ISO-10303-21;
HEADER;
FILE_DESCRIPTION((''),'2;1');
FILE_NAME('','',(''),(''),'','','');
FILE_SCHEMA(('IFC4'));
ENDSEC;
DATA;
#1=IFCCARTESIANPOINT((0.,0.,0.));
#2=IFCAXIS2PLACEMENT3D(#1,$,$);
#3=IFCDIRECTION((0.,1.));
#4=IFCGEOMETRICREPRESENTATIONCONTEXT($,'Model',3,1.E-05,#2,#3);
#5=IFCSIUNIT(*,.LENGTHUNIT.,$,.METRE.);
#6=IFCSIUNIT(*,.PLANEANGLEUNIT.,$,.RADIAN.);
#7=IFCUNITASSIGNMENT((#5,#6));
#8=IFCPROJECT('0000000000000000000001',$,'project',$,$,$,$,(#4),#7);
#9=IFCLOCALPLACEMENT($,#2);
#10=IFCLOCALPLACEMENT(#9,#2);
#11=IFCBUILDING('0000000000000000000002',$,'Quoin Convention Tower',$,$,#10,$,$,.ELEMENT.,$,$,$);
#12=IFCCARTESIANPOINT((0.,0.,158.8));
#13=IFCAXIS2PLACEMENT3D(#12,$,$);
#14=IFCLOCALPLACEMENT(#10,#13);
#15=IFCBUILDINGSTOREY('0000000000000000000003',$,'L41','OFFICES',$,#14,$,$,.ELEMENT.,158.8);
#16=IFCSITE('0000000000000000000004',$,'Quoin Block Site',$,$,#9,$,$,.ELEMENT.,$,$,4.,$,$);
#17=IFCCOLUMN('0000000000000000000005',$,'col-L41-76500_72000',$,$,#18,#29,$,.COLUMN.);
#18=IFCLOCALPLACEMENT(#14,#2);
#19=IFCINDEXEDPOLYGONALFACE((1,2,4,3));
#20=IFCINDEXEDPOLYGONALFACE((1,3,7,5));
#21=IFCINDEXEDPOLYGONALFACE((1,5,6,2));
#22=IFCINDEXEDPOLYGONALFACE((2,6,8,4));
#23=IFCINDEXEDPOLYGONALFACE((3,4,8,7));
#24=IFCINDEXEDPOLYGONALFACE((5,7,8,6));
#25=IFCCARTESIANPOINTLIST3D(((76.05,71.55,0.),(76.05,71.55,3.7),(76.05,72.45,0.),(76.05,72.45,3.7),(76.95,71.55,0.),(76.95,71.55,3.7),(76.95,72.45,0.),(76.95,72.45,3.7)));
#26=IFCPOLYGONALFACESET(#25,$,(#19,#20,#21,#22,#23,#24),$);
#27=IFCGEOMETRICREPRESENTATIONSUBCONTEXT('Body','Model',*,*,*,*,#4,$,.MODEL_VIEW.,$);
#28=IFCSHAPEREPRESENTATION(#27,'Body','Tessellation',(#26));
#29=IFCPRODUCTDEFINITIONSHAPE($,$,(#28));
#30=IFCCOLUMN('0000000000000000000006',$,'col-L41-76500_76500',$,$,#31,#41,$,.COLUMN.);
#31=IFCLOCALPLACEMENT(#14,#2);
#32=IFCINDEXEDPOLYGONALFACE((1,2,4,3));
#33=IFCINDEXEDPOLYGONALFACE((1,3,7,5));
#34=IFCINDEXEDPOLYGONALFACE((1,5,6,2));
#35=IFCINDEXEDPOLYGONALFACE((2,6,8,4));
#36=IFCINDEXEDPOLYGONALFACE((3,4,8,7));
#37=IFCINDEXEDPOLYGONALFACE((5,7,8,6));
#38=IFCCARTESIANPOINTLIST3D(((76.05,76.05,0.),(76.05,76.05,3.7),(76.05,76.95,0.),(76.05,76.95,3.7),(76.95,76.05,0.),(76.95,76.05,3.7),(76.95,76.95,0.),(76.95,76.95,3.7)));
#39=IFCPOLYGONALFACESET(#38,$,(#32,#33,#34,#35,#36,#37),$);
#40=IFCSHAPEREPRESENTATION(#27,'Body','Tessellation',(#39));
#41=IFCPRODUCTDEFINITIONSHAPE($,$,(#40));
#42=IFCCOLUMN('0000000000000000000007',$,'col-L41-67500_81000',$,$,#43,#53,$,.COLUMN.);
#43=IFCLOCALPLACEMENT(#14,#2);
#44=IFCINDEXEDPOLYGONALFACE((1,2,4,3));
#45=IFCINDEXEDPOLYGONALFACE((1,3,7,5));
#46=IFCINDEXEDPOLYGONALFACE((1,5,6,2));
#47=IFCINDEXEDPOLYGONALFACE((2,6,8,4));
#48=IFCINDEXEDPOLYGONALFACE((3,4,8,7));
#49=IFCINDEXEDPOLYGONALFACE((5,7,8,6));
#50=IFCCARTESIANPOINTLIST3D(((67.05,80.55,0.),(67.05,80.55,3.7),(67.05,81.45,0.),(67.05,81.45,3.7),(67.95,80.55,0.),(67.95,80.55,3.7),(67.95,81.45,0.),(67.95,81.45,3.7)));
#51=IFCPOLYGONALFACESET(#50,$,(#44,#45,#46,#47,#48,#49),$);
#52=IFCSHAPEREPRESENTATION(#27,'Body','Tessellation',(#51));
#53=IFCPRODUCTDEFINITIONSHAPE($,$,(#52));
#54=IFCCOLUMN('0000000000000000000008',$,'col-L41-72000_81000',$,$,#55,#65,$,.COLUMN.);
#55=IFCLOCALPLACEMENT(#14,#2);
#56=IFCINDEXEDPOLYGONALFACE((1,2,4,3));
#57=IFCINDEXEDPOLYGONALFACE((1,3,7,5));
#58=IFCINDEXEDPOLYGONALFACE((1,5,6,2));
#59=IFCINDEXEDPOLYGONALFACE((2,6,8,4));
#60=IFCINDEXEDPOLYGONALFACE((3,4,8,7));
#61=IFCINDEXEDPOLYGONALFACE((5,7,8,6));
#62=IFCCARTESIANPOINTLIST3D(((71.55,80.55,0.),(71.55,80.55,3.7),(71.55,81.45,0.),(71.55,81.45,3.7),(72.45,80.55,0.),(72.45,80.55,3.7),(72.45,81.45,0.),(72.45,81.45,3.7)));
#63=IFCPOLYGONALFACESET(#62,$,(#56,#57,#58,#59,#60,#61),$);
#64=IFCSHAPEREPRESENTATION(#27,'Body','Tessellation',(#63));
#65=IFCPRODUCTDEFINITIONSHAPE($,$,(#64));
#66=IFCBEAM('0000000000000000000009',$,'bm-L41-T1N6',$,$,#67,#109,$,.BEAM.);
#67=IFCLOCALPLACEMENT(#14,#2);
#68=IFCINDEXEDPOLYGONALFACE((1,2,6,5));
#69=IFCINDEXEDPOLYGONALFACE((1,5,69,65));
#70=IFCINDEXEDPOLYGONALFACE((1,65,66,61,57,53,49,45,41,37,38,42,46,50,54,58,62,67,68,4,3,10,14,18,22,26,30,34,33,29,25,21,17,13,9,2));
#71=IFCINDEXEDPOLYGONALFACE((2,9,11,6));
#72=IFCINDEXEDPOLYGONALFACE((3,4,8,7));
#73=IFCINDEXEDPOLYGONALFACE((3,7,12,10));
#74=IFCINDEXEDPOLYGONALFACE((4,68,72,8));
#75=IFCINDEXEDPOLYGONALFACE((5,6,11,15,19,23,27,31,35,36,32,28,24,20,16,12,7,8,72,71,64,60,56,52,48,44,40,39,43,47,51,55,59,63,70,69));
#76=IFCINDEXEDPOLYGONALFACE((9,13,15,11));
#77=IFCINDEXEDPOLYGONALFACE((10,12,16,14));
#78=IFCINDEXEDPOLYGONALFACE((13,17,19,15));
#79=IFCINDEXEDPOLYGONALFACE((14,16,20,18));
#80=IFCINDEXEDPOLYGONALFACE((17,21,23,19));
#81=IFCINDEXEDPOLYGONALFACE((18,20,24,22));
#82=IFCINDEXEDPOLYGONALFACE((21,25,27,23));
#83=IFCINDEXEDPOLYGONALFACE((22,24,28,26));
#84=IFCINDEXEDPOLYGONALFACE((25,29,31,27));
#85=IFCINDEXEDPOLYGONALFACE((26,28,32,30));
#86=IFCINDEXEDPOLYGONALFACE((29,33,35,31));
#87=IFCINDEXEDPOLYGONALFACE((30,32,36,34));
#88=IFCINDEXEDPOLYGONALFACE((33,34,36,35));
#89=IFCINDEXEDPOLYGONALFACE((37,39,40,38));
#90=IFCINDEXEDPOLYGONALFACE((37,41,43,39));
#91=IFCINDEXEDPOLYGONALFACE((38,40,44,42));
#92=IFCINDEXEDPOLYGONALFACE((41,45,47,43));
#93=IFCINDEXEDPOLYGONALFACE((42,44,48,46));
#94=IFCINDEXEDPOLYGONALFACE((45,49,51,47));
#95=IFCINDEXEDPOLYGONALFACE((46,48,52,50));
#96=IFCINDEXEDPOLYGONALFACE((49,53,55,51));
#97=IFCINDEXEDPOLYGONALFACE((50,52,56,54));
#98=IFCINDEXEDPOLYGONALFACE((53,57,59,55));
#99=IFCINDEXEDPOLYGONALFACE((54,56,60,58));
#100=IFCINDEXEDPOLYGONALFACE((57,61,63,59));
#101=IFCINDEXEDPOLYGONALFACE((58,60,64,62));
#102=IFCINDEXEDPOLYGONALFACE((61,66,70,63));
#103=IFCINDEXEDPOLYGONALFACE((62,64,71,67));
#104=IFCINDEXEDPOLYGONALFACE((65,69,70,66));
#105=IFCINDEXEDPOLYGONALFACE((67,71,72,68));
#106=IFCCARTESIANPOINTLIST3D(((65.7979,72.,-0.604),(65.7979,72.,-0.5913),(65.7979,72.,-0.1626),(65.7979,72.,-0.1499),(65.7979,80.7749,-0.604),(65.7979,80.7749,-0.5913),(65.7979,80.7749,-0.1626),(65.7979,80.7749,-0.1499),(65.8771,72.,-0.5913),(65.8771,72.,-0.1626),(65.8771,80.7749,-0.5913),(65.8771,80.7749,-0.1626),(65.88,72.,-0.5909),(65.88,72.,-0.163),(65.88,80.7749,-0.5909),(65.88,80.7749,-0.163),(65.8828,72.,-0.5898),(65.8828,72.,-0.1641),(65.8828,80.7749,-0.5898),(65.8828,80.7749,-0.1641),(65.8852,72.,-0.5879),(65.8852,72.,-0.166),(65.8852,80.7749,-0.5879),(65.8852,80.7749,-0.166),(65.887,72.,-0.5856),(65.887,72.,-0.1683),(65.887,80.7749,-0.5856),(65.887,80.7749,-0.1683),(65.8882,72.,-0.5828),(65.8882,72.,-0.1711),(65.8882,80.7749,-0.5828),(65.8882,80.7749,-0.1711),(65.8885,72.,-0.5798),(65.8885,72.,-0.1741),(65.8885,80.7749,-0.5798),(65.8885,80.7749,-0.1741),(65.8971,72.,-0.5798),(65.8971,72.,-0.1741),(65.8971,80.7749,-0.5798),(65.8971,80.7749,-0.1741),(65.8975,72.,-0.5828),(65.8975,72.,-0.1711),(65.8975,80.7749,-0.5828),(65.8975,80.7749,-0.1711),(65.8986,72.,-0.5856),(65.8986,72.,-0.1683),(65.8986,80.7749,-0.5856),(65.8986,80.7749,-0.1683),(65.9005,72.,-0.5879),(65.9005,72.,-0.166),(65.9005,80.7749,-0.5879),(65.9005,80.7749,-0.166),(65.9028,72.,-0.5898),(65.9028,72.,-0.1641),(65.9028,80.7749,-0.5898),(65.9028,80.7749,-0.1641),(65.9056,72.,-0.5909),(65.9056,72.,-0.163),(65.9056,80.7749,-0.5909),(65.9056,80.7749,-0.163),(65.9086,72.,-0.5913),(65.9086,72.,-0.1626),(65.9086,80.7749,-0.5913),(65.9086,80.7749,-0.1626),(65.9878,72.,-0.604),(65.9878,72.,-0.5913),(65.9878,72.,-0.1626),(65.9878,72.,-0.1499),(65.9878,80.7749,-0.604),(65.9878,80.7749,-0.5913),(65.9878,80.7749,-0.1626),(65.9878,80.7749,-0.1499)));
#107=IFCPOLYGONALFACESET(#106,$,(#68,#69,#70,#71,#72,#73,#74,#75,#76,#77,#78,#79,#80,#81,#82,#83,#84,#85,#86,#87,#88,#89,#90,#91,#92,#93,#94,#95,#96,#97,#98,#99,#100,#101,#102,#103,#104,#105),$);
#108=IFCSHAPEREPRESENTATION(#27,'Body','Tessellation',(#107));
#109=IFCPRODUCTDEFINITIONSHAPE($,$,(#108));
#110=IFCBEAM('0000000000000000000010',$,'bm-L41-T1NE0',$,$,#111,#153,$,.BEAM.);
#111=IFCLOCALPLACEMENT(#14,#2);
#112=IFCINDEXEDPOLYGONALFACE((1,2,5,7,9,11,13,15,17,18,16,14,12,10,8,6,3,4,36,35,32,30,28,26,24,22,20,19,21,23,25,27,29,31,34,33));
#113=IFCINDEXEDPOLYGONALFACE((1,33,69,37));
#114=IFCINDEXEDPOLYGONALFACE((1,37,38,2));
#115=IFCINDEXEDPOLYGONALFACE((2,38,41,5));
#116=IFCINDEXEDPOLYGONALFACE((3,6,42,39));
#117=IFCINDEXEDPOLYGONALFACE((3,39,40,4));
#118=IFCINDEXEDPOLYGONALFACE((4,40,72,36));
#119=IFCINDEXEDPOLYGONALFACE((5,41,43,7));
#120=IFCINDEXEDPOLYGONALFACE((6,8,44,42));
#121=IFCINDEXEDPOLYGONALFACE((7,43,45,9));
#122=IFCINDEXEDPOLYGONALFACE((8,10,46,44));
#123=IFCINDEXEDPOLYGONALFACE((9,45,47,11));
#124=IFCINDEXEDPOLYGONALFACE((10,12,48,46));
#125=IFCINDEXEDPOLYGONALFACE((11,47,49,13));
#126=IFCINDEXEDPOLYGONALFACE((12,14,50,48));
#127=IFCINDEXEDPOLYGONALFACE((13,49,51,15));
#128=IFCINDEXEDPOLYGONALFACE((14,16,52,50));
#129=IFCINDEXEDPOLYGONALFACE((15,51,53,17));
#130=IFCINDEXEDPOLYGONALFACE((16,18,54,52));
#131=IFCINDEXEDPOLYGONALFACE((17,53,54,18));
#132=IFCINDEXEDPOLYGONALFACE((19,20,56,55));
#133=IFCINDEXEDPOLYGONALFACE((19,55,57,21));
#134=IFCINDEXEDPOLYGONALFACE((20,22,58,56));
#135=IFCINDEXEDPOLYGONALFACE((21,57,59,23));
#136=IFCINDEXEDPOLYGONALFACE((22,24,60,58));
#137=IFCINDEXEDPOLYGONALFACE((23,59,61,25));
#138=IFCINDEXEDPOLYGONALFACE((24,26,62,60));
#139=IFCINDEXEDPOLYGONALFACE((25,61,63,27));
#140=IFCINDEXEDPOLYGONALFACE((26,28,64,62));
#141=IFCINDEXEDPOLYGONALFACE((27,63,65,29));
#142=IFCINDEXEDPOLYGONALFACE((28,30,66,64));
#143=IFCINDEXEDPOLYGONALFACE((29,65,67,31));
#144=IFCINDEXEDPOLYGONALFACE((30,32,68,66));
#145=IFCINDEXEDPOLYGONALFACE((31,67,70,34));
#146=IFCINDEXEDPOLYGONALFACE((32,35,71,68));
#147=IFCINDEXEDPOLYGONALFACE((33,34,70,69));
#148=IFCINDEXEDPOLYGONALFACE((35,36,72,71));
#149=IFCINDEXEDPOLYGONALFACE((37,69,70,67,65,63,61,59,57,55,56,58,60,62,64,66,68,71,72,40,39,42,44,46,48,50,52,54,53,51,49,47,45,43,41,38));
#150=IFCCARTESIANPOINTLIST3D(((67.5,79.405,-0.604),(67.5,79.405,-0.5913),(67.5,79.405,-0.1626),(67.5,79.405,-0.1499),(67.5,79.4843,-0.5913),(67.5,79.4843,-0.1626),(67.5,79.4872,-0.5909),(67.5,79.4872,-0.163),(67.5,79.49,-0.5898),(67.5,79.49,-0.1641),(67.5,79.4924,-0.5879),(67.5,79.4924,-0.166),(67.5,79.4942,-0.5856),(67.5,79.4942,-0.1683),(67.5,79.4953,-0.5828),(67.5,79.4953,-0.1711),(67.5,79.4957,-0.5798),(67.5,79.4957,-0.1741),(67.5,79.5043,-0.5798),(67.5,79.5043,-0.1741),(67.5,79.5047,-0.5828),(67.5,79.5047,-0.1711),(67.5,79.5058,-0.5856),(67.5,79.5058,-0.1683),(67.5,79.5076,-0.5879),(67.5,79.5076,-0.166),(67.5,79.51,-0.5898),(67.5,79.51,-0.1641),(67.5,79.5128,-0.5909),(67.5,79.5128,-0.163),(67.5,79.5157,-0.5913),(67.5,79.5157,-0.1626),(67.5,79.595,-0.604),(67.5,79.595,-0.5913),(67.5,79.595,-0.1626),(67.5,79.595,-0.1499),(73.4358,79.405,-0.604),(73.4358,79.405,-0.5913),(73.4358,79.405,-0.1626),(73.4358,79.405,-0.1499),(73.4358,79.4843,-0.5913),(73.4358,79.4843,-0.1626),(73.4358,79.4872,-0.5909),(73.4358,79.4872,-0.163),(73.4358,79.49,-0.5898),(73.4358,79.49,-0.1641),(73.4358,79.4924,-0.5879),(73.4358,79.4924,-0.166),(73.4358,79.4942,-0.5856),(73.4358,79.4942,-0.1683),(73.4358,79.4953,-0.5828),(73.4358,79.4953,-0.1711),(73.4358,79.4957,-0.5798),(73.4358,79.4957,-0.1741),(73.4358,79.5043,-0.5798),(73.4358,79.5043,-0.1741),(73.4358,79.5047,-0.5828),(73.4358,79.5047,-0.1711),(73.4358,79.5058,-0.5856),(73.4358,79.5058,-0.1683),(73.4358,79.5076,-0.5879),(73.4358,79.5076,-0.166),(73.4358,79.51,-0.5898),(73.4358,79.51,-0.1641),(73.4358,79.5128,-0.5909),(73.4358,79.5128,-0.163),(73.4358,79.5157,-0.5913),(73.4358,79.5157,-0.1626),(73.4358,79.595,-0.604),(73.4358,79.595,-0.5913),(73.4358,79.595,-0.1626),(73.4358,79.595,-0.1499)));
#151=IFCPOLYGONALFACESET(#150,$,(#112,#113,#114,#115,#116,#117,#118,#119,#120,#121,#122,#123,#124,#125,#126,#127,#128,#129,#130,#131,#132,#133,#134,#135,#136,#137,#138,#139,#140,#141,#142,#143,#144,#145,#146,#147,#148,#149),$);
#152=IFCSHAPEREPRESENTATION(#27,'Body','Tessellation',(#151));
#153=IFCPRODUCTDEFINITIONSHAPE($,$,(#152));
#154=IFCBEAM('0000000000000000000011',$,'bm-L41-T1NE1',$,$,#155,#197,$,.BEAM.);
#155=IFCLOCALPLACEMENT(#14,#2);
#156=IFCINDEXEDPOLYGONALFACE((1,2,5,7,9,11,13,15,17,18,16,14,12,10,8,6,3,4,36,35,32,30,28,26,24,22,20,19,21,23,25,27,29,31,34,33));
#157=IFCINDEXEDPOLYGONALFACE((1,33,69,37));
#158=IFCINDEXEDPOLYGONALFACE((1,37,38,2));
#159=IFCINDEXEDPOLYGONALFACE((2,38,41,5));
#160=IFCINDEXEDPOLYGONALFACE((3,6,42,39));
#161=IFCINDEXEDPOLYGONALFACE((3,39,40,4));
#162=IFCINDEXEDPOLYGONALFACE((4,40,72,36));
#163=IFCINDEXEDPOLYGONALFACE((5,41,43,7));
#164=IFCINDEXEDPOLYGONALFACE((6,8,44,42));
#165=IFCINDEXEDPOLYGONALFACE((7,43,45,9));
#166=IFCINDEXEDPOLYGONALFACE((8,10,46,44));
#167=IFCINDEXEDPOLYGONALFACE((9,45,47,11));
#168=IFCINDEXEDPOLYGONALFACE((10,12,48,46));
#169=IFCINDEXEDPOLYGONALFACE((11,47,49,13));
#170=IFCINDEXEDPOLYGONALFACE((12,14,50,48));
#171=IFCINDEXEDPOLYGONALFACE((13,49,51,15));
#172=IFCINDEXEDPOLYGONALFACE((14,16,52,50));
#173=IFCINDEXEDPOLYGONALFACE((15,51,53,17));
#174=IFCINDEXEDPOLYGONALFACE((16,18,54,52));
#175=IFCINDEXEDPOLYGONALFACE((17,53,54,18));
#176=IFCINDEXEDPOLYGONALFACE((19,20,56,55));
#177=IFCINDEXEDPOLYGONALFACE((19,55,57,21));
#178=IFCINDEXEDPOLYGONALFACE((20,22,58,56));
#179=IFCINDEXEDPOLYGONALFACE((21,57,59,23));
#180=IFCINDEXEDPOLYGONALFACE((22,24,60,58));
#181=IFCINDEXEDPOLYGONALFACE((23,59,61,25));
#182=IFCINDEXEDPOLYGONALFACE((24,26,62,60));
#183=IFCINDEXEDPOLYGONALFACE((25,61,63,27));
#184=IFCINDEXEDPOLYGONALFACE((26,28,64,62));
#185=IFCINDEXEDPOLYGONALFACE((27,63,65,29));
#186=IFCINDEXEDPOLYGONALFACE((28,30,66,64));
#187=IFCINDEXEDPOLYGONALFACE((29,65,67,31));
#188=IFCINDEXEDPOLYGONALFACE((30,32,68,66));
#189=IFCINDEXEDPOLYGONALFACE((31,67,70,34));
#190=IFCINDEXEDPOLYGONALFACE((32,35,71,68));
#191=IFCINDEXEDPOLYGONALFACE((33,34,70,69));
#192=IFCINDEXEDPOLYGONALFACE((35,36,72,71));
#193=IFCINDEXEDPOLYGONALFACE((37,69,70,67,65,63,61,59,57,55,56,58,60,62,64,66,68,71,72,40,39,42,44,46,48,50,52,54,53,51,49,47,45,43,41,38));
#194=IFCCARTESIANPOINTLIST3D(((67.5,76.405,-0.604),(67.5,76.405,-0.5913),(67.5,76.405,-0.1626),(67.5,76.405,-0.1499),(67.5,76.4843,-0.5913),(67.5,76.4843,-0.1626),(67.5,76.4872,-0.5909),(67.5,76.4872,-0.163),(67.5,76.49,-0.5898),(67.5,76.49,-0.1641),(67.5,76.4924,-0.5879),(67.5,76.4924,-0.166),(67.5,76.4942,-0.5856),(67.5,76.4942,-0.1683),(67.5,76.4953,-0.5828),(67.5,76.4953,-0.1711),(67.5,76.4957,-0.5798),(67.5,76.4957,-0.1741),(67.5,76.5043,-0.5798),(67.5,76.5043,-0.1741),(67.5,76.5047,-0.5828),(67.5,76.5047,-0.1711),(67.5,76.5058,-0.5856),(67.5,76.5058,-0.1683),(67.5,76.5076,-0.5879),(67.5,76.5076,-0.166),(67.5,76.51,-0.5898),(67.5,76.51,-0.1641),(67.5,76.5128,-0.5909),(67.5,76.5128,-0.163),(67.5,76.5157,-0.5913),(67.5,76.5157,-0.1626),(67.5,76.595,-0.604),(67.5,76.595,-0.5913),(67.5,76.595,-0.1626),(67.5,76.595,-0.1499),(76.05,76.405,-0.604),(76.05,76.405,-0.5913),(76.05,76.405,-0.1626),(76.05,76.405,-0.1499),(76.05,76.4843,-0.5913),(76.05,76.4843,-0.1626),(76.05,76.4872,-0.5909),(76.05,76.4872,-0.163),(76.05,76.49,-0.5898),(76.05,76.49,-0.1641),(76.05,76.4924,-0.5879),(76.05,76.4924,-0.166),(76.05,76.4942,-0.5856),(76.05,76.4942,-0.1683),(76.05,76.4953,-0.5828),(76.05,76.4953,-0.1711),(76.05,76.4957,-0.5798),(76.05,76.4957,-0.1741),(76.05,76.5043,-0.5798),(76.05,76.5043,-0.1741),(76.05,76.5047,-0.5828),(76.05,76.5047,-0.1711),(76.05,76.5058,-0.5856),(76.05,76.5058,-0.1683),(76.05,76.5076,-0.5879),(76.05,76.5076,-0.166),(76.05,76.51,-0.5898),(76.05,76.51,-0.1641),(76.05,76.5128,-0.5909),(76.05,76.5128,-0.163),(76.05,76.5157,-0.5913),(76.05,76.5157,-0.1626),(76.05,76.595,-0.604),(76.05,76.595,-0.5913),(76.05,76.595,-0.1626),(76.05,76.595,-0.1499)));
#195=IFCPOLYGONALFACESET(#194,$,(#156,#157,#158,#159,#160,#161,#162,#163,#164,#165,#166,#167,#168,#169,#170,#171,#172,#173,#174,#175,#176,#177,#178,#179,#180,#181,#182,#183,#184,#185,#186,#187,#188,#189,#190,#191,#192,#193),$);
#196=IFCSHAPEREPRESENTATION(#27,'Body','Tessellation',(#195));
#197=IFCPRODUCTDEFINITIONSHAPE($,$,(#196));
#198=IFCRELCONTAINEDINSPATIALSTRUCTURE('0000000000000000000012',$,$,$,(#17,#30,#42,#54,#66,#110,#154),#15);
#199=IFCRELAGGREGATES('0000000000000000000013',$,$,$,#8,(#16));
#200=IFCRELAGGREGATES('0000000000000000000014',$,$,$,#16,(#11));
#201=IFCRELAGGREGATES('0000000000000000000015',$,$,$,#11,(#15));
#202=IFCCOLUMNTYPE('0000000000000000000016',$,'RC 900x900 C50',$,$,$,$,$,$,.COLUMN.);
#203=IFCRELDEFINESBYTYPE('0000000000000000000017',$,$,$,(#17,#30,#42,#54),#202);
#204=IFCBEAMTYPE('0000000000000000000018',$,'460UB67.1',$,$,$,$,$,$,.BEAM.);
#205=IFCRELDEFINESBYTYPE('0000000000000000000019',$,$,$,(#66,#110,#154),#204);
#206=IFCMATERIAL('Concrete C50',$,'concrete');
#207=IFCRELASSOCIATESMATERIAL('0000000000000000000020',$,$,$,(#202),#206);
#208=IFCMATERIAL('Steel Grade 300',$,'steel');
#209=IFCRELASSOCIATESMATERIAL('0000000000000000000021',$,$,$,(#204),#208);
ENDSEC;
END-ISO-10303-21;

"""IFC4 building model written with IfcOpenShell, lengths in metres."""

from ifc_helpers import new_model, si_unit, direction, frame, origin, origin_2d, place, context, subcontext, project, spatial, rectangle, i_section, extrude, material, material_profile, profile_set, type_object, element, save


model = new_model("IFC4")

# Units and contexts
model_context = context("Model", 3, precision=1e-05, world=origin(), true_north=direction((0.0, 1.0)))
body_context = subcontext(model_context, "Body", "Model", "MODEL_VIEW")
ifc_project = project(units=[si_unit("LENGTHUNIT", "METRE"), si_unit("PLANEANGLEUNIT", "RADIAN")], contexts=[model_context])

# Site, building, storey
site_placement = place(None, origin())
site = spatial("IfcSite", under=ifc_project, at=site_placement, Name="Quoin Block Site", CompositionType="ELEMENT", RefElevation=4.0)
building_placement = place(site_placement, origin())
building = spatial("IfcBuilding", under=site, at=building_placement, Name="Quoin Convention Tower", CompositionType="ELEMENT")
storey_placement = place(building_placement, frame((0.0, 0.0, 158.8)))
storey = spatial("IfcBuildingStorey", under=building, at=storey_placement, Name="L41", Description="OFFICES", CompositionType="ELEMENT", Elevation=158.8)

# Columns
ifc_material_1 = material(Name="Concrete C50", Category="concrete")
ifc_material_profile_1 = material_profile(ifc_material_1, rectangle(XDim=0.8999, YDim=0.8999, at=origin_2d()), Name="RC 900x900")
ifc_profile_set_1 = profile_set([ifc_material_profile_1], Name="Concrete C50")
column_type = type_object("IfcColumnType", Name="RC 900x900 C50", PredefinedType="COLUMN", material=ifc_profile_set_1)
for number, where, z_axis, x_axis, name in (
    (1, (76.5, 72.0, 0.0), (0.0, 0.0, 1.0), (1.0, 0.0, 0.0), "col-L41-76500_72000"),
    (2, (76.5, 76.5, 0.0), (0.0, 0.0, 1.0), (1.0, 0.0, 0.0), "col-L41-76500_76500"),
    (3, (67.5, 81.0, 0.0), (0.0, 0.0, 1.0), (1.0, 0.0, 0.0), "col-L41-67500_81000"),
    (4, (72.0, 81.0, 0.0), (0.0, 0.0, 1.0), (1.0, 0.0, 0.0), "col-L41-72000_81000"),
):
    element("IfcColumn", number, at=place(storey_placement, frame(where, z_axis=z_axis, x_axis=x_axis)), inside=storey, type_object=column_type, Name=name, PredefinedType="COLUMN", context=body_context, shape_type="SweptSolid", body=[
        extrude(rectangle(XDim=0.8999, YDim=0.8999, at=origin_2d()), origin(), (0.0, 0.0, 1.0), 3.7),
    ])

# Beams
ifc_material_2 = material(Name="Steel Grade 300", Category="steel")
ifc_material_profile_2 = material_profile(ifc_material_2, i_section(OverallWidth=0.1899, OverallDepth=0.4541, WebThickness=0.0085, FlangeThickness=0.0127, FilletRadius=0.0115, at=origin_2d()), Name="460UB67.1")
ifc_profile_set_2 = profile_set([ifc_material_profile_2], Name="Steel Grade 300")
beam_type_1 = type_object("IfcBeamType", Name="460UB67.1", PredefinedType="BEAM", material=ifc_profile_set_2)
beam_1_placement = place(storey_placement, frame((65.8928, 72.0, -0.377), z_axis=(0.0, 1.0, 0.0), x_axis=(-1.0, 0.0, 0.0)))
element("IfcBeam", 5, at=beam_1_placement, inside=storey, type_object=beam_type_1, Name="bm-L41-T1N6", PredefinedType="BEAM", context=body_context, shape_type="SweptSolid", body=[
    extrude(i_section(OverallWidth=0.1899, OverallDepth=0.4541, WebThickness=0.0085, FlangeThickness=0.0127, FilletRadius=0.0115, at=origin_2d()), origin(), (0.0, 0.0, 1.0), 8.7749),
])
beam_2_placement = place(storey_placement, frame((67.5, 79.5, -0.377), z_axis=(1.0, 0.0, 0.0), x_axis=(0.0, 1.0, 0.0)))
element("IfcBeam", 6, at=beam_2_placement, inside=storey, type_object=beam_type_1, Name="bm-L41-T1NE0", PredefinedType="BEAM", context=body_context, shape_type="SweptSolid", body=[
    extrude(i_section(OverallWidth=0.1899, OverallDepth=0.4541, WebThickness=0.0085, FlangeThickness=0.0127, FilletRadius=0.0115, at=origin_2d()), origin(), (0.0, 0.0, 1.0), 5.9358),
])
beam_3_placement = place(storey_placement, frame((67.5, 76.5, -0.377), z_axis=(1.0, 0.0, 0.0), x_axis=(0.0, 1.0, 0.0)))
element("IfcBeam", 7, at=beam_3_placement, inside=storey, type_object=beam_type_1, Name="bm-L41-T1NE1", PredefinedType="BEAM", context=body_context, shape_type="SweptSolid", body=[
    extrude(i_section(OverallWidth=0.1899, OverallDepth=0.4541, WebThickness=0.0085, FlangeThickness=0.0127, FilletRadius=0.0115, at=origin_2d()), origin(), (0.0, 0.0, 1.0), 8.55),
])

save(model, "model.ifc")
